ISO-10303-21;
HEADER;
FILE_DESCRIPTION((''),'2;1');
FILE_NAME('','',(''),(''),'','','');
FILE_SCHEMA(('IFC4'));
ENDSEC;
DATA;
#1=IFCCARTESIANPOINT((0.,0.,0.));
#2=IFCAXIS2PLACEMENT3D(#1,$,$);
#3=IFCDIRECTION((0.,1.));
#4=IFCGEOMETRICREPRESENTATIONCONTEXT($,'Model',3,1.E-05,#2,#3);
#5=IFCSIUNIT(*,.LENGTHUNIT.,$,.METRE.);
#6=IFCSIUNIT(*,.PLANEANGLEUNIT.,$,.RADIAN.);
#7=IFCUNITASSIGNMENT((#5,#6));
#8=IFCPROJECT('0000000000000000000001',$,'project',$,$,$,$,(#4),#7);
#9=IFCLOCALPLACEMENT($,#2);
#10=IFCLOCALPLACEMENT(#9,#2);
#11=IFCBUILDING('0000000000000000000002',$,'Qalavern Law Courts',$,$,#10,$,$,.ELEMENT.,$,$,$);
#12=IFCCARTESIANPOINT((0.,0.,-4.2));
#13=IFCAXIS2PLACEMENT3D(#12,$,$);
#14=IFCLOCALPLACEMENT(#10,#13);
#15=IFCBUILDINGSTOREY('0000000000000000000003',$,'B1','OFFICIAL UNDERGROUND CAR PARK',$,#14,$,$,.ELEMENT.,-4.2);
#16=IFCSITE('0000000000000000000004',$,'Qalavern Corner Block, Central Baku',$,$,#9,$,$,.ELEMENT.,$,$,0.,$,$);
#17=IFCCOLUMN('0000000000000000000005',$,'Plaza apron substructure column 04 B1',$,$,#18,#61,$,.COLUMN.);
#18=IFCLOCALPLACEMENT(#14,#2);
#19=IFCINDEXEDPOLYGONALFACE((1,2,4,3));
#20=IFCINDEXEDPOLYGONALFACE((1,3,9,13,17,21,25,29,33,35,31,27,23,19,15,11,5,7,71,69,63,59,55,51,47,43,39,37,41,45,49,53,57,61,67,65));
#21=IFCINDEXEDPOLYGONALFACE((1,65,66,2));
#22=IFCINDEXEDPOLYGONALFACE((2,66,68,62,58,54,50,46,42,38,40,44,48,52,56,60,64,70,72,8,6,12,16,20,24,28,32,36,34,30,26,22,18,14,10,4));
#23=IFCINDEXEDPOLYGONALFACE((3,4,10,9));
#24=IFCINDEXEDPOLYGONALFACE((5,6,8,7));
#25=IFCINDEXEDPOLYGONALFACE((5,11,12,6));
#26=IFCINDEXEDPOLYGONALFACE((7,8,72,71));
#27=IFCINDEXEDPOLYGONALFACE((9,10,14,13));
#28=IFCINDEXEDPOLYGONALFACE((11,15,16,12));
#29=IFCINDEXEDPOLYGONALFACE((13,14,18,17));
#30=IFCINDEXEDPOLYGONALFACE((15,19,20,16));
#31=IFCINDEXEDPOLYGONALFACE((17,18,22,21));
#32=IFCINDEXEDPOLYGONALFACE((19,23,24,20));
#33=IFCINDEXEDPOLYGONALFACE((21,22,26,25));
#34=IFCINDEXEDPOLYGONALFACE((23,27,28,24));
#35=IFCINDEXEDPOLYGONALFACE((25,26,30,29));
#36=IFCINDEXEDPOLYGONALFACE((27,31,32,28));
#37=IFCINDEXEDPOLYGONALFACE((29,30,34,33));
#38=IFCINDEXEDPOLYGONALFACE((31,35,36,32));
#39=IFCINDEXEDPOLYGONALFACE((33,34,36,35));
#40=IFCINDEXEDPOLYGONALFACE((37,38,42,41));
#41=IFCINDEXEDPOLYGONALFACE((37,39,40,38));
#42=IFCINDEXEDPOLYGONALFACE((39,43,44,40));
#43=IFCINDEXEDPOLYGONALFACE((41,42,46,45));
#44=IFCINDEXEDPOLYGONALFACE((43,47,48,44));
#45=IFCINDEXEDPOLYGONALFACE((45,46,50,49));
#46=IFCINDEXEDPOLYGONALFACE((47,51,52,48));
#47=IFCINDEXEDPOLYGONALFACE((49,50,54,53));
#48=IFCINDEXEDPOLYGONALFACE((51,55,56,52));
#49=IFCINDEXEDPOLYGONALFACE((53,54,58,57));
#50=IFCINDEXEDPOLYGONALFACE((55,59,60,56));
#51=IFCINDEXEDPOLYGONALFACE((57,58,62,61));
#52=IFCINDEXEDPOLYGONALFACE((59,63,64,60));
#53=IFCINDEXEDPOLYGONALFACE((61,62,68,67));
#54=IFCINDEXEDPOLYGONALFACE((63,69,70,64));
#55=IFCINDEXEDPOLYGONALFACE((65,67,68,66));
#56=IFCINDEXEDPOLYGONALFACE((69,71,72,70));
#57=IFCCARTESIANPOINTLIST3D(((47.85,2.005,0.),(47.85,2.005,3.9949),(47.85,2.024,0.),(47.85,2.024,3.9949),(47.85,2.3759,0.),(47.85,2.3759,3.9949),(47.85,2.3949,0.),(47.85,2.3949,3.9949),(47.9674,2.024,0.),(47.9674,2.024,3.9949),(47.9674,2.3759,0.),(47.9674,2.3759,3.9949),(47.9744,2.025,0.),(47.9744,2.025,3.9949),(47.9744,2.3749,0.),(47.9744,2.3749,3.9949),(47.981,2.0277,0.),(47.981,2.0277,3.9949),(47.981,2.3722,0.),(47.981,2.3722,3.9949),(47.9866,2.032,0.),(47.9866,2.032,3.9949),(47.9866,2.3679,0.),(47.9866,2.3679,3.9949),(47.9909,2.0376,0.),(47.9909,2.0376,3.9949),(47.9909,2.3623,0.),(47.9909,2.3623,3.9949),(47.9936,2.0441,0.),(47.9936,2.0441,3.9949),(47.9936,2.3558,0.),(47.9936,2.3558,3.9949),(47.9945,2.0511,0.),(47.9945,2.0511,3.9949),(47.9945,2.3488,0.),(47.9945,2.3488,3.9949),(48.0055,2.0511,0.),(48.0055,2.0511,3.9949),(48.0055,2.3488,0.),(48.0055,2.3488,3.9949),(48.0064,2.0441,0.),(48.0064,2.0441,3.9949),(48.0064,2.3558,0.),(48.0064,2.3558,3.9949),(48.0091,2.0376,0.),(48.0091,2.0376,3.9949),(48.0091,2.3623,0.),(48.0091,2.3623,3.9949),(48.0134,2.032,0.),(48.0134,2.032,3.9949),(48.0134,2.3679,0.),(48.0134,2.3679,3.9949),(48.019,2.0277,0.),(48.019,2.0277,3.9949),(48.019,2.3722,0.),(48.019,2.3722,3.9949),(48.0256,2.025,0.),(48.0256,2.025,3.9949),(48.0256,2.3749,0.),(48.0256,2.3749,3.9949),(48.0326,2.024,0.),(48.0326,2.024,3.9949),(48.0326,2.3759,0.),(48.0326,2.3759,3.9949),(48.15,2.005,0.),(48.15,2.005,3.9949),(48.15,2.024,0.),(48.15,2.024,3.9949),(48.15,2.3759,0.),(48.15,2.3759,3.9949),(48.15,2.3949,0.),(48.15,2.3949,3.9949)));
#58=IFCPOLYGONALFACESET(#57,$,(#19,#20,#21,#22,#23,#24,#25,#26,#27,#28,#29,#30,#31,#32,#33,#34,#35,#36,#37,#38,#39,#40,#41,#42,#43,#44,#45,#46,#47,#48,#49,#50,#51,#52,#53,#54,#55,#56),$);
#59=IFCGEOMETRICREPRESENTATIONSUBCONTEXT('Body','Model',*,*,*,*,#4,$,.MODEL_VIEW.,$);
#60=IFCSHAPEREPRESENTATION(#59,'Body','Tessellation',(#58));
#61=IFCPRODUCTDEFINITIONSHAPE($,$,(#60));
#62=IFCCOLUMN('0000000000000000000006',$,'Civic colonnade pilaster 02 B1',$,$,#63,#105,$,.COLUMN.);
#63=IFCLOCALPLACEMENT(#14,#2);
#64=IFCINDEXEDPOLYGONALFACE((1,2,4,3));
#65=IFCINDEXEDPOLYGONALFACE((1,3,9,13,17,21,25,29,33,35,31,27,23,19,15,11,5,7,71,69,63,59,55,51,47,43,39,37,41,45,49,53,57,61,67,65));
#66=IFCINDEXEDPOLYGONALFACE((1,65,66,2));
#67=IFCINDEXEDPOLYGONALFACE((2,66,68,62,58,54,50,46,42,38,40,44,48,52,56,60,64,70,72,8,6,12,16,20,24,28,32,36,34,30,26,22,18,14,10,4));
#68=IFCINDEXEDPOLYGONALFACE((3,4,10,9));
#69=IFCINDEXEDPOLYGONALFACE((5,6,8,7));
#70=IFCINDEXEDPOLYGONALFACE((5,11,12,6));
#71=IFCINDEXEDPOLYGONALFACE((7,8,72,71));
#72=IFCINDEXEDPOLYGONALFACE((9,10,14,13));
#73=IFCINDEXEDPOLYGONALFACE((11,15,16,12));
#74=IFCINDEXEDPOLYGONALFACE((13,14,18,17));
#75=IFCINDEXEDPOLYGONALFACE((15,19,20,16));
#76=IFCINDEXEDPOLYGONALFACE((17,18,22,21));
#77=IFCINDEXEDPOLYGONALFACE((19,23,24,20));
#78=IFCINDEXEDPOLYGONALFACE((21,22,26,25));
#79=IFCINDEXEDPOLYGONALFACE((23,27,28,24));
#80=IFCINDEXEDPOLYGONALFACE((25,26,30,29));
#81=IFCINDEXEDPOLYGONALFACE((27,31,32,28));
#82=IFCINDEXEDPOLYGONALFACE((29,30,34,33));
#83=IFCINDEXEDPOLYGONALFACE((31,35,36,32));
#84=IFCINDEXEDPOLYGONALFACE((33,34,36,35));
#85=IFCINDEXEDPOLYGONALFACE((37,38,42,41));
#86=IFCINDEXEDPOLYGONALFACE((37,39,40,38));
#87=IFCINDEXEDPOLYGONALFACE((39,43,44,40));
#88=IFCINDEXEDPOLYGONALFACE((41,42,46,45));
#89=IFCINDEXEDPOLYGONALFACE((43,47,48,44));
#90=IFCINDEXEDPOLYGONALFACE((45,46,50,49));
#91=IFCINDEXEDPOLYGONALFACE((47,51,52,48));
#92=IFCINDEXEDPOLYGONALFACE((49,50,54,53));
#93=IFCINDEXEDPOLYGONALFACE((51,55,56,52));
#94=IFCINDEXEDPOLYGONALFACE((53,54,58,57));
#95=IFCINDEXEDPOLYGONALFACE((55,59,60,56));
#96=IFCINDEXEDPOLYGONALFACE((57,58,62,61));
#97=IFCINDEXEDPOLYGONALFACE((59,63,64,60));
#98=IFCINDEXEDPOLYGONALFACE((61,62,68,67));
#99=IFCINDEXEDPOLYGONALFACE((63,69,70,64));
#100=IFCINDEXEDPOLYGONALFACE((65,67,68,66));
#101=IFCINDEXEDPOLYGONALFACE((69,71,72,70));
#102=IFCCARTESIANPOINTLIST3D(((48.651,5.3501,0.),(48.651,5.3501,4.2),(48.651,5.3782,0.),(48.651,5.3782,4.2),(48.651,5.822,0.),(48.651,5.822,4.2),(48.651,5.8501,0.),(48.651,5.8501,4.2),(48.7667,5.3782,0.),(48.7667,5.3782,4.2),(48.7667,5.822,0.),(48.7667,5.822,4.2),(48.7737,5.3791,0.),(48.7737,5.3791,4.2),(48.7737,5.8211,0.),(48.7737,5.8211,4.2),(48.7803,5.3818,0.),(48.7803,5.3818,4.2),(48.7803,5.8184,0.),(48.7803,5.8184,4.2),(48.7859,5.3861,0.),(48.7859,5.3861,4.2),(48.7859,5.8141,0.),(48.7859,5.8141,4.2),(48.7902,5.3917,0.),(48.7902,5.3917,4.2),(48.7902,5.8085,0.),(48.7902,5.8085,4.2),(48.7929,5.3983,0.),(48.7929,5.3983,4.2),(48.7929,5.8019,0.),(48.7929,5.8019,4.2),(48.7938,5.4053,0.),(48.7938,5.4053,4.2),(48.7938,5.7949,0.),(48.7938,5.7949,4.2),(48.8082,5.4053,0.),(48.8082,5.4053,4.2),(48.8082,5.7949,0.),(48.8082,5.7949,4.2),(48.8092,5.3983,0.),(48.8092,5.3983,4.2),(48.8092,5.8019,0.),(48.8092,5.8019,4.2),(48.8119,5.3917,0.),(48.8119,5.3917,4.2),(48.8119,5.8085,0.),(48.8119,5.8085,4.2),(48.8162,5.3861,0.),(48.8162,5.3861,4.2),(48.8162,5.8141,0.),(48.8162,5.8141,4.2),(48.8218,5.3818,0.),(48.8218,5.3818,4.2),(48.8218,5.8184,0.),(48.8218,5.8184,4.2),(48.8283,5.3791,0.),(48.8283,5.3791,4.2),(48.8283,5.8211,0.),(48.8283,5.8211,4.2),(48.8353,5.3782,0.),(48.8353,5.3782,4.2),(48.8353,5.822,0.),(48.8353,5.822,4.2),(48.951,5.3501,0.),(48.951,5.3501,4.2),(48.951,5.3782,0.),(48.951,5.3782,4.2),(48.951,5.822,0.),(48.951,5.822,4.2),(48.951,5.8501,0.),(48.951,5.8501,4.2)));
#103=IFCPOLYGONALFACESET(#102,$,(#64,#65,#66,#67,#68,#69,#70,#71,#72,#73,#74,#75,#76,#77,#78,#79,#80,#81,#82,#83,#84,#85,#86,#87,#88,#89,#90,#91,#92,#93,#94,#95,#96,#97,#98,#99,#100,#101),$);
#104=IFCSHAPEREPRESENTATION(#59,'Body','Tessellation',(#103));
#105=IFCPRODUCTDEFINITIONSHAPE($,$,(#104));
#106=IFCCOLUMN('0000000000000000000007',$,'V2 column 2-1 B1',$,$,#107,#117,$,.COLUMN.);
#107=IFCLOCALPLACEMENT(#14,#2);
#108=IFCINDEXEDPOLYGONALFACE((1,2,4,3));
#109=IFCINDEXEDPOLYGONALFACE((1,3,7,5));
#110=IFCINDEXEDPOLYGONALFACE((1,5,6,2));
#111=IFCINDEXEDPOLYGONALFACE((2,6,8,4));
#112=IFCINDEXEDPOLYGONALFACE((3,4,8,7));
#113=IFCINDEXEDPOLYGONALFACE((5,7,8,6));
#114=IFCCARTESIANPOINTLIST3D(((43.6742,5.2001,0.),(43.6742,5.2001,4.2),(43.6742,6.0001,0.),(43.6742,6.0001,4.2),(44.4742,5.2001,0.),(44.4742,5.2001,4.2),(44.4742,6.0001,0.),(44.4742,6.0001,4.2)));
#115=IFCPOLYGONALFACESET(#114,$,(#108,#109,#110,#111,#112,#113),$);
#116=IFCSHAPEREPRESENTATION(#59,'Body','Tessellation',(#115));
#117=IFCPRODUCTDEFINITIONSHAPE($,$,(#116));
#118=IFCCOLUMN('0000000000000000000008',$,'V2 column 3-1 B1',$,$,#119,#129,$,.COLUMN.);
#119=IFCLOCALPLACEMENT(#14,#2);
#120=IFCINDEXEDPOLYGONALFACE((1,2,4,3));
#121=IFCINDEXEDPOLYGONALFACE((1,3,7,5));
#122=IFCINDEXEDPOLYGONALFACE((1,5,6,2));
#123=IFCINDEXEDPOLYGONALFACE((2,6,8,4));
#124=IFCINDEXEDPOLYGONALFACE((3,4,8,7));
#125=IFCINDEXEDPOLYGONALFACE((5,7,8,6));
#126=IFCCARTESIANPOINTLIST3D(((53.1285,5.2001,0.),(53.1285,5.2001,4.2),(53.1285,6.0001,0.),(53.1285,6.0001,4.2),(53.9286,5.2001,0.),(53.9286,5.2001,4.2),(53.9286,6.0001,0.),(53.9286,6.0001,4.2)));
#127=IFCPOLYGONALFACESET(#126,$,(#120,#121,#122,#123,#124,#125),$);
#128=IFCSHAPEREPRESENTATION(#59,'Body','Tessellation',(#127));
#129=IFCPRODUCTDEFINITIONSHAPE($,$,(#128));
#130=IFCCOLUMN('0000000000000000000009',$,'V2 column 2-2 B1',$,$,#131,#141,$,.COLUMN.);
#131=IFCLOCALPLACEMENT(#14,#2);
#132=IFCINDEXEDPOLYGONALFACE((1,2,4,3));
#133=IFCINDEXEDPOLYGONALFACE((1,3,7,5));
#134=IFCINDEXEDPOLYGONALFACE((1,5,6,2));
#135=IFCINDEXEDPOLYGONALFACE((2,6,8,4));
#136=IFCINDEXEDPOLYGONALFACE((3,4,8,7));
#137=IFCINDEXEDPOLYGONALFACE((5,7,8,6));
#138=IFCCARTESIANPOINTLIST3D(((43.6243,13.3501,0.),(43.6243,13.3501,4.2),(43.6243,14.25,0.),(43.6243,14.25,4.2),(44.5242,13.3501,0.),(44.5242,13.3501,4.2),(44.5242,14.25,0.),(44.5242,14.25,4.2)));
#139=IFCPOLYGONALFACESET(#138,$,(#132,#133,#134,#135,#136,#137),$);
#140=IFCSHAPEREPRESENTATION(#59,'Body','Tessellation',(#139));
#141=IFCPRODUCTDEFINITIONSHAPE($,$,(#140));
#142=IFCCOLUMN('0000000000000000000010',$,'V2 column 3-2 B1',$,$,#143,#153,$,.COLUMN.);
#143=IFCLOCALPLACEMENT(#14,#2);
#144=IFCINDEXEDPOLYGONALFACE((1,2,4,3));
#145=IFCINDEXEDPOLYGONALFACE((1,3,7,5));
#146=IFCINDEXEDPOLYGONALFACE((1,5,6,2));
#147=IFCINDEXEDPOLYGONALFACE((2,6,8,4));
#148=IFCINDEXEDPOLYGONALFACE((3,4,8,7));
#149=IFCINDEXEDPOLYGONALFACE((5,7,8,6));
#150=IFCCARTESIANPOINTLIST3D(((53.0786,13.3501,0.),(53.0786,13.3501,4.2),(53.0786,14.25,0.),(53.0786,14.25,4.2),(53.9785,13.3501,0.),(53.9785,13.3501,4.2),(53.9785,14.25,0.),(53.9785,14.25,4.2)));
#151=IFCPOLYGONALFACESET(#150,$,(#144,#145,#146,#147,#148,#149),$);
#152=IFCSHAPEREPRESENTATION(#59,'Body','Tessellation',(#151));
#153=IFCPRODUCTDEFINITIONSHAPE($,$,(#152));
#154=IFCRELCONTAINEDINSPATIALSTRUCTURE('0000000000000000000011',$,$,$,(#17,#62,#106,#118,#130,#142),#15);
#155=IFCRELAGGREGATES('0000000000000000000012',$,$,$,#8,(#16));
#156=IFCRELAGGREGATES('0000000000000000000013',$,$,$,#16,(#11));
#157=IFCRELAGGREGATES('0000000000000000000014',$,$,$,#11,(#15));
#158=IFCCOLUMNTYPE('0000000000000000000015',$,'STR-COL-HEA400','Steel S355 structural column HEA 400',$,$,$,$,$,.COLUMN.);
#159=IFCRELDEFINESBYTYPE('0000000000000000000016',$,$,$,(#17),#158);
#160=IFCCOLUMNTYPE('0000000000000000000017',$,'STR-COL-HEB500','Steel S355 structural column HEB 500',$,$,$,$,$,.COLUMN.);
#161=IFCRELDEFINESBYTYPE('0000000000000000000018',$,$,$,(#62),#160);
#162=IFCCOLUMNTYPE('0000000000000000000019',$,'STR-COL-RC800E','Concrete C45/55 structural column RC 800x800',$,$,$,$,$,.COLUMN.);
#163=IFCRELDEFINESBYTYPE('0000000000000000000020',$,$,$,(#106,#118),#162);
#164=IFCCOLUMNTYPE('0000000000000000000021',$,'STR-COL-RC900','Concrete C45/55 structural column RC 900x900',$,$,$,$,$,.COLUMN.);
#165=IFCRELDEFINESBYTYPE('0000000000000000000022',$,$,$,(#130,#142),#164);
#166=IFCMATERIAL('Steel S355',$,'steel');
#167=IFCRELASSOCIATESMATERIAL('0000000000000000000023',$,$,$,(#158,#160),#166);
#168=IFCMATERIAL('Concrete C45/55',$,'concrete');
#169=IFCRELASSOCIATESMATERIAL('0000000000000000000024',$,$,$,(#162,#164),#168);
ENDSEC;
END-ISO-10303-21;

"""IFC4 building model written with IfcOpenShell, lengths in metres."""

from ifc_helpers import new_model, si_unit, direction, frame, origin, origin_2d, place, context, subcontext, project, spatial, rectangle, i_section, extrude, material, material_profile, profile_set, type_object, element, save


model = new_model("IFC4")

# Units and contexts
model_context = context("Model", 3, precision=1e-05, world=origin(), true_north=direction((0.0, 1.0)))
body_context = subcontext(model_context, "Body", "Model", "MODEL_VIEW")
ifc_project = project(units=[si_unit("LENGTHUNIT", "METRE"), si_unit("PLANEANGLEUNIT", "RADIAN")], contexts=[model_context])

# Site, building, storey
site_placement = place(None, origin())
site = spatial("IfcSite", under=ifc_project, at=site_placement, Name="Qalavern Corner Block, Central Baku", CompositionType="ELEMENT", RefElevation=0.0)
building_placement = place(site_placement, origin())
building = spatial("IfcBuilding", under=site, at=building_placement, Name="Qalavern Law Courts", CompositionType="ELEMENT")
storey_placement = place(building_placement, frame((0.0, 0.0, -4.2)))
storey = spatial("IfcBuildingStorey", under=building, at=storey_placement, Name="B1", Description="OFFICIAL UNDERGROUND CAR PARK", CompositionType="ELEMENT", Elevation=-4.2)

# Columns
ifc_material_1 = material(Name="Steel S355", Category="steel")
ifc_material_profile_1 = material_profile(ifc_material_1, i_section(OverallWidth=0.3, OverallDepth=0.3899, WebThickness=0.011, FlangeThickness=0.019, FilletRadius=0.0271, at=origin_2d()), Name="HEA 400")
ifc_profile_set_1 = profile_set([ifc_material_profile_1], Name="Steel S355")
column_type_1 = type_object("IfcColumnType", Name="STR-COL-HEA400", Description="Steel S355 structural column HEA 400", PredefinedType="COLUMN", material=ifc_profile_set_1)
column_1_placement = place(storey_placement, frame((48.0, 2.2, 0.0), z_axis=(0.0, 0.0, 1.0), x_axis=(1.0, 0.0, 0.0)))
element("IfcColumn", 1, at=column_1_placement, inside=storey, type_object=column_type_1, Name="Plaza apron substructure column 04 B1", PredefinedType="COLUMN", context=body_context, shape_type="SweptSolid", body=[
    extrude(i_section(OverallWidth=0.3, OverallDepth=0.3899, WebThickness=0.011, FlangeThickness=0.019, FilletRadius=0.0271, at=origin_2d()), origin(), (0.0, 0.0, 1.0), 3.9949),
])
ifc_material_profile_2 = material_profile(ifc_material_1, i_section(OverallWidth=0.3, OverallDepth=0.5, WebThickness=0.0144, FlangeThickness=0.0281, FilletRadius=0.0271, at=origin_2d()), Name="HEB 500")
ifc_profile_set_2 = profile_set([ifc_material_profile_2], Name="Steel S355")
column_type_2 = type_object("IfcColumnType", Name="STR-COL-HEB500", Description="Steel S355 structural column HEB 500", PredefinedType="COLUMN", material=ifc_profile_set_2)
column_2_placement = place(storey_placement, frame((48.801, 5.6001, 0.0), z_axis=(0.0, 0.0, 1.0), x_axis=(1.0, 0.0, 0.0)))
element("IfcColumn", 2, at=column_2_placement, inside=storey, type_object=column_type_2, Name="Civic colonnade pilaster 02 B1", PredefinedType="COLUMN", context=body_context, shape_type="SweptSolid", body=[
    extrude(i_section(OverallWidth=0.3, OverallDepth=0.5, WebThickness=0.0144, FlangeThickness=0.0281, FilletRadius=0.0271, at=origin_2d()), origin(), (0.0, 0.0, 1.0), 4.2),
])
ifc_material_2 = material(Name="Concrete C45/55", Category="concrete")
ifc_material_profile_3 = material_profile(ifc_material_2, rectangle(XDim=0.8, YDim=0.8, at=origin_2d()), Name="RC 800x800")
ifc_profile_set_3 = profile_set([ifc_material_profile_3], Name="Concrete C45/55")
column_type_3 = type_object("IfcColumnType", Name="STR-COL-RC800E", Description="Concrete C45/55 structural column RC 800x800", PredefinedType="COLUMN", material=ifc_profile_set_3)
for number, where, z_axis, x_axis, name in (
    (3, (44.0742, 5.6001, 0.0), (0.0, 0.0, 1.0), (1.0, 0.0, 0.0), "V2 column 2-1 B1"),
    (4, (53.5286, 5.6001, 0.0), (0.0, 0.0, 1.0), (1.0, 0.0, 0.0), "V2 column 3-1 B1"),
):
    element("IfcColumn", number, at=place(storey_placement, frame(where, z_axis=z_axis, x_axis=x_axis)), inside=storey, type_object=column_type_3, Name=name, PredefinedType="COLUMN", context=body_context, shape_type="SweptSolid", body=[
        extrude(rectangle(XDim=0.8, YDim=0.8, at=origin_2d()), origin(), (0.0, 0.0, 1.0), 4.2),
    ])
ifc_material_profile_4 = material_profile(ifc_material_2, rectangle(XDim=0.8999, YDim=0.8999, at=origin_2d()), Name="RC 900x900")
ifc_profile_set_4 = profile_set([ifc_material_profile_4], Name="Concrete C45/55")
column_type_4 = type_object("IfcColumnType", Name="STR-COL-RC900", Description="Concrete C45/55 structural column RC 900x900", PredefinedType="COLUMN", material=ifc_profile_set_4)
for number, where, z_axis, x_axis, name in (
    (5, (44.0742, 13.8, 0.0), (0.0, 0.0, 1.0), (1.0, 0.0, 0.0), "V2 column 2-2 B1"),
    (6, (53.5286, 13.8, 0.0), (0.0, 0.0, 1.0), (1.0, 0.0, 0.0), "V2 column 3-2 B1"),
):
    element("IfcColumn", number, at=place(storey_placement, frame(where, z_axis=z_axis, x_axis=x_axis)), inside=storey, type_object=column_type_4, Name=name, PredefinedType="COLUMN", context=body_context, shape_type="SweptSolid", body=[
        extrude(rectangle(XDim=0.8999, YDim=0.8999, at=origin_2d()), origin(), (0.0, 0.0, 1.0), 4.2),
    ])

save(model, "model.ifc")
